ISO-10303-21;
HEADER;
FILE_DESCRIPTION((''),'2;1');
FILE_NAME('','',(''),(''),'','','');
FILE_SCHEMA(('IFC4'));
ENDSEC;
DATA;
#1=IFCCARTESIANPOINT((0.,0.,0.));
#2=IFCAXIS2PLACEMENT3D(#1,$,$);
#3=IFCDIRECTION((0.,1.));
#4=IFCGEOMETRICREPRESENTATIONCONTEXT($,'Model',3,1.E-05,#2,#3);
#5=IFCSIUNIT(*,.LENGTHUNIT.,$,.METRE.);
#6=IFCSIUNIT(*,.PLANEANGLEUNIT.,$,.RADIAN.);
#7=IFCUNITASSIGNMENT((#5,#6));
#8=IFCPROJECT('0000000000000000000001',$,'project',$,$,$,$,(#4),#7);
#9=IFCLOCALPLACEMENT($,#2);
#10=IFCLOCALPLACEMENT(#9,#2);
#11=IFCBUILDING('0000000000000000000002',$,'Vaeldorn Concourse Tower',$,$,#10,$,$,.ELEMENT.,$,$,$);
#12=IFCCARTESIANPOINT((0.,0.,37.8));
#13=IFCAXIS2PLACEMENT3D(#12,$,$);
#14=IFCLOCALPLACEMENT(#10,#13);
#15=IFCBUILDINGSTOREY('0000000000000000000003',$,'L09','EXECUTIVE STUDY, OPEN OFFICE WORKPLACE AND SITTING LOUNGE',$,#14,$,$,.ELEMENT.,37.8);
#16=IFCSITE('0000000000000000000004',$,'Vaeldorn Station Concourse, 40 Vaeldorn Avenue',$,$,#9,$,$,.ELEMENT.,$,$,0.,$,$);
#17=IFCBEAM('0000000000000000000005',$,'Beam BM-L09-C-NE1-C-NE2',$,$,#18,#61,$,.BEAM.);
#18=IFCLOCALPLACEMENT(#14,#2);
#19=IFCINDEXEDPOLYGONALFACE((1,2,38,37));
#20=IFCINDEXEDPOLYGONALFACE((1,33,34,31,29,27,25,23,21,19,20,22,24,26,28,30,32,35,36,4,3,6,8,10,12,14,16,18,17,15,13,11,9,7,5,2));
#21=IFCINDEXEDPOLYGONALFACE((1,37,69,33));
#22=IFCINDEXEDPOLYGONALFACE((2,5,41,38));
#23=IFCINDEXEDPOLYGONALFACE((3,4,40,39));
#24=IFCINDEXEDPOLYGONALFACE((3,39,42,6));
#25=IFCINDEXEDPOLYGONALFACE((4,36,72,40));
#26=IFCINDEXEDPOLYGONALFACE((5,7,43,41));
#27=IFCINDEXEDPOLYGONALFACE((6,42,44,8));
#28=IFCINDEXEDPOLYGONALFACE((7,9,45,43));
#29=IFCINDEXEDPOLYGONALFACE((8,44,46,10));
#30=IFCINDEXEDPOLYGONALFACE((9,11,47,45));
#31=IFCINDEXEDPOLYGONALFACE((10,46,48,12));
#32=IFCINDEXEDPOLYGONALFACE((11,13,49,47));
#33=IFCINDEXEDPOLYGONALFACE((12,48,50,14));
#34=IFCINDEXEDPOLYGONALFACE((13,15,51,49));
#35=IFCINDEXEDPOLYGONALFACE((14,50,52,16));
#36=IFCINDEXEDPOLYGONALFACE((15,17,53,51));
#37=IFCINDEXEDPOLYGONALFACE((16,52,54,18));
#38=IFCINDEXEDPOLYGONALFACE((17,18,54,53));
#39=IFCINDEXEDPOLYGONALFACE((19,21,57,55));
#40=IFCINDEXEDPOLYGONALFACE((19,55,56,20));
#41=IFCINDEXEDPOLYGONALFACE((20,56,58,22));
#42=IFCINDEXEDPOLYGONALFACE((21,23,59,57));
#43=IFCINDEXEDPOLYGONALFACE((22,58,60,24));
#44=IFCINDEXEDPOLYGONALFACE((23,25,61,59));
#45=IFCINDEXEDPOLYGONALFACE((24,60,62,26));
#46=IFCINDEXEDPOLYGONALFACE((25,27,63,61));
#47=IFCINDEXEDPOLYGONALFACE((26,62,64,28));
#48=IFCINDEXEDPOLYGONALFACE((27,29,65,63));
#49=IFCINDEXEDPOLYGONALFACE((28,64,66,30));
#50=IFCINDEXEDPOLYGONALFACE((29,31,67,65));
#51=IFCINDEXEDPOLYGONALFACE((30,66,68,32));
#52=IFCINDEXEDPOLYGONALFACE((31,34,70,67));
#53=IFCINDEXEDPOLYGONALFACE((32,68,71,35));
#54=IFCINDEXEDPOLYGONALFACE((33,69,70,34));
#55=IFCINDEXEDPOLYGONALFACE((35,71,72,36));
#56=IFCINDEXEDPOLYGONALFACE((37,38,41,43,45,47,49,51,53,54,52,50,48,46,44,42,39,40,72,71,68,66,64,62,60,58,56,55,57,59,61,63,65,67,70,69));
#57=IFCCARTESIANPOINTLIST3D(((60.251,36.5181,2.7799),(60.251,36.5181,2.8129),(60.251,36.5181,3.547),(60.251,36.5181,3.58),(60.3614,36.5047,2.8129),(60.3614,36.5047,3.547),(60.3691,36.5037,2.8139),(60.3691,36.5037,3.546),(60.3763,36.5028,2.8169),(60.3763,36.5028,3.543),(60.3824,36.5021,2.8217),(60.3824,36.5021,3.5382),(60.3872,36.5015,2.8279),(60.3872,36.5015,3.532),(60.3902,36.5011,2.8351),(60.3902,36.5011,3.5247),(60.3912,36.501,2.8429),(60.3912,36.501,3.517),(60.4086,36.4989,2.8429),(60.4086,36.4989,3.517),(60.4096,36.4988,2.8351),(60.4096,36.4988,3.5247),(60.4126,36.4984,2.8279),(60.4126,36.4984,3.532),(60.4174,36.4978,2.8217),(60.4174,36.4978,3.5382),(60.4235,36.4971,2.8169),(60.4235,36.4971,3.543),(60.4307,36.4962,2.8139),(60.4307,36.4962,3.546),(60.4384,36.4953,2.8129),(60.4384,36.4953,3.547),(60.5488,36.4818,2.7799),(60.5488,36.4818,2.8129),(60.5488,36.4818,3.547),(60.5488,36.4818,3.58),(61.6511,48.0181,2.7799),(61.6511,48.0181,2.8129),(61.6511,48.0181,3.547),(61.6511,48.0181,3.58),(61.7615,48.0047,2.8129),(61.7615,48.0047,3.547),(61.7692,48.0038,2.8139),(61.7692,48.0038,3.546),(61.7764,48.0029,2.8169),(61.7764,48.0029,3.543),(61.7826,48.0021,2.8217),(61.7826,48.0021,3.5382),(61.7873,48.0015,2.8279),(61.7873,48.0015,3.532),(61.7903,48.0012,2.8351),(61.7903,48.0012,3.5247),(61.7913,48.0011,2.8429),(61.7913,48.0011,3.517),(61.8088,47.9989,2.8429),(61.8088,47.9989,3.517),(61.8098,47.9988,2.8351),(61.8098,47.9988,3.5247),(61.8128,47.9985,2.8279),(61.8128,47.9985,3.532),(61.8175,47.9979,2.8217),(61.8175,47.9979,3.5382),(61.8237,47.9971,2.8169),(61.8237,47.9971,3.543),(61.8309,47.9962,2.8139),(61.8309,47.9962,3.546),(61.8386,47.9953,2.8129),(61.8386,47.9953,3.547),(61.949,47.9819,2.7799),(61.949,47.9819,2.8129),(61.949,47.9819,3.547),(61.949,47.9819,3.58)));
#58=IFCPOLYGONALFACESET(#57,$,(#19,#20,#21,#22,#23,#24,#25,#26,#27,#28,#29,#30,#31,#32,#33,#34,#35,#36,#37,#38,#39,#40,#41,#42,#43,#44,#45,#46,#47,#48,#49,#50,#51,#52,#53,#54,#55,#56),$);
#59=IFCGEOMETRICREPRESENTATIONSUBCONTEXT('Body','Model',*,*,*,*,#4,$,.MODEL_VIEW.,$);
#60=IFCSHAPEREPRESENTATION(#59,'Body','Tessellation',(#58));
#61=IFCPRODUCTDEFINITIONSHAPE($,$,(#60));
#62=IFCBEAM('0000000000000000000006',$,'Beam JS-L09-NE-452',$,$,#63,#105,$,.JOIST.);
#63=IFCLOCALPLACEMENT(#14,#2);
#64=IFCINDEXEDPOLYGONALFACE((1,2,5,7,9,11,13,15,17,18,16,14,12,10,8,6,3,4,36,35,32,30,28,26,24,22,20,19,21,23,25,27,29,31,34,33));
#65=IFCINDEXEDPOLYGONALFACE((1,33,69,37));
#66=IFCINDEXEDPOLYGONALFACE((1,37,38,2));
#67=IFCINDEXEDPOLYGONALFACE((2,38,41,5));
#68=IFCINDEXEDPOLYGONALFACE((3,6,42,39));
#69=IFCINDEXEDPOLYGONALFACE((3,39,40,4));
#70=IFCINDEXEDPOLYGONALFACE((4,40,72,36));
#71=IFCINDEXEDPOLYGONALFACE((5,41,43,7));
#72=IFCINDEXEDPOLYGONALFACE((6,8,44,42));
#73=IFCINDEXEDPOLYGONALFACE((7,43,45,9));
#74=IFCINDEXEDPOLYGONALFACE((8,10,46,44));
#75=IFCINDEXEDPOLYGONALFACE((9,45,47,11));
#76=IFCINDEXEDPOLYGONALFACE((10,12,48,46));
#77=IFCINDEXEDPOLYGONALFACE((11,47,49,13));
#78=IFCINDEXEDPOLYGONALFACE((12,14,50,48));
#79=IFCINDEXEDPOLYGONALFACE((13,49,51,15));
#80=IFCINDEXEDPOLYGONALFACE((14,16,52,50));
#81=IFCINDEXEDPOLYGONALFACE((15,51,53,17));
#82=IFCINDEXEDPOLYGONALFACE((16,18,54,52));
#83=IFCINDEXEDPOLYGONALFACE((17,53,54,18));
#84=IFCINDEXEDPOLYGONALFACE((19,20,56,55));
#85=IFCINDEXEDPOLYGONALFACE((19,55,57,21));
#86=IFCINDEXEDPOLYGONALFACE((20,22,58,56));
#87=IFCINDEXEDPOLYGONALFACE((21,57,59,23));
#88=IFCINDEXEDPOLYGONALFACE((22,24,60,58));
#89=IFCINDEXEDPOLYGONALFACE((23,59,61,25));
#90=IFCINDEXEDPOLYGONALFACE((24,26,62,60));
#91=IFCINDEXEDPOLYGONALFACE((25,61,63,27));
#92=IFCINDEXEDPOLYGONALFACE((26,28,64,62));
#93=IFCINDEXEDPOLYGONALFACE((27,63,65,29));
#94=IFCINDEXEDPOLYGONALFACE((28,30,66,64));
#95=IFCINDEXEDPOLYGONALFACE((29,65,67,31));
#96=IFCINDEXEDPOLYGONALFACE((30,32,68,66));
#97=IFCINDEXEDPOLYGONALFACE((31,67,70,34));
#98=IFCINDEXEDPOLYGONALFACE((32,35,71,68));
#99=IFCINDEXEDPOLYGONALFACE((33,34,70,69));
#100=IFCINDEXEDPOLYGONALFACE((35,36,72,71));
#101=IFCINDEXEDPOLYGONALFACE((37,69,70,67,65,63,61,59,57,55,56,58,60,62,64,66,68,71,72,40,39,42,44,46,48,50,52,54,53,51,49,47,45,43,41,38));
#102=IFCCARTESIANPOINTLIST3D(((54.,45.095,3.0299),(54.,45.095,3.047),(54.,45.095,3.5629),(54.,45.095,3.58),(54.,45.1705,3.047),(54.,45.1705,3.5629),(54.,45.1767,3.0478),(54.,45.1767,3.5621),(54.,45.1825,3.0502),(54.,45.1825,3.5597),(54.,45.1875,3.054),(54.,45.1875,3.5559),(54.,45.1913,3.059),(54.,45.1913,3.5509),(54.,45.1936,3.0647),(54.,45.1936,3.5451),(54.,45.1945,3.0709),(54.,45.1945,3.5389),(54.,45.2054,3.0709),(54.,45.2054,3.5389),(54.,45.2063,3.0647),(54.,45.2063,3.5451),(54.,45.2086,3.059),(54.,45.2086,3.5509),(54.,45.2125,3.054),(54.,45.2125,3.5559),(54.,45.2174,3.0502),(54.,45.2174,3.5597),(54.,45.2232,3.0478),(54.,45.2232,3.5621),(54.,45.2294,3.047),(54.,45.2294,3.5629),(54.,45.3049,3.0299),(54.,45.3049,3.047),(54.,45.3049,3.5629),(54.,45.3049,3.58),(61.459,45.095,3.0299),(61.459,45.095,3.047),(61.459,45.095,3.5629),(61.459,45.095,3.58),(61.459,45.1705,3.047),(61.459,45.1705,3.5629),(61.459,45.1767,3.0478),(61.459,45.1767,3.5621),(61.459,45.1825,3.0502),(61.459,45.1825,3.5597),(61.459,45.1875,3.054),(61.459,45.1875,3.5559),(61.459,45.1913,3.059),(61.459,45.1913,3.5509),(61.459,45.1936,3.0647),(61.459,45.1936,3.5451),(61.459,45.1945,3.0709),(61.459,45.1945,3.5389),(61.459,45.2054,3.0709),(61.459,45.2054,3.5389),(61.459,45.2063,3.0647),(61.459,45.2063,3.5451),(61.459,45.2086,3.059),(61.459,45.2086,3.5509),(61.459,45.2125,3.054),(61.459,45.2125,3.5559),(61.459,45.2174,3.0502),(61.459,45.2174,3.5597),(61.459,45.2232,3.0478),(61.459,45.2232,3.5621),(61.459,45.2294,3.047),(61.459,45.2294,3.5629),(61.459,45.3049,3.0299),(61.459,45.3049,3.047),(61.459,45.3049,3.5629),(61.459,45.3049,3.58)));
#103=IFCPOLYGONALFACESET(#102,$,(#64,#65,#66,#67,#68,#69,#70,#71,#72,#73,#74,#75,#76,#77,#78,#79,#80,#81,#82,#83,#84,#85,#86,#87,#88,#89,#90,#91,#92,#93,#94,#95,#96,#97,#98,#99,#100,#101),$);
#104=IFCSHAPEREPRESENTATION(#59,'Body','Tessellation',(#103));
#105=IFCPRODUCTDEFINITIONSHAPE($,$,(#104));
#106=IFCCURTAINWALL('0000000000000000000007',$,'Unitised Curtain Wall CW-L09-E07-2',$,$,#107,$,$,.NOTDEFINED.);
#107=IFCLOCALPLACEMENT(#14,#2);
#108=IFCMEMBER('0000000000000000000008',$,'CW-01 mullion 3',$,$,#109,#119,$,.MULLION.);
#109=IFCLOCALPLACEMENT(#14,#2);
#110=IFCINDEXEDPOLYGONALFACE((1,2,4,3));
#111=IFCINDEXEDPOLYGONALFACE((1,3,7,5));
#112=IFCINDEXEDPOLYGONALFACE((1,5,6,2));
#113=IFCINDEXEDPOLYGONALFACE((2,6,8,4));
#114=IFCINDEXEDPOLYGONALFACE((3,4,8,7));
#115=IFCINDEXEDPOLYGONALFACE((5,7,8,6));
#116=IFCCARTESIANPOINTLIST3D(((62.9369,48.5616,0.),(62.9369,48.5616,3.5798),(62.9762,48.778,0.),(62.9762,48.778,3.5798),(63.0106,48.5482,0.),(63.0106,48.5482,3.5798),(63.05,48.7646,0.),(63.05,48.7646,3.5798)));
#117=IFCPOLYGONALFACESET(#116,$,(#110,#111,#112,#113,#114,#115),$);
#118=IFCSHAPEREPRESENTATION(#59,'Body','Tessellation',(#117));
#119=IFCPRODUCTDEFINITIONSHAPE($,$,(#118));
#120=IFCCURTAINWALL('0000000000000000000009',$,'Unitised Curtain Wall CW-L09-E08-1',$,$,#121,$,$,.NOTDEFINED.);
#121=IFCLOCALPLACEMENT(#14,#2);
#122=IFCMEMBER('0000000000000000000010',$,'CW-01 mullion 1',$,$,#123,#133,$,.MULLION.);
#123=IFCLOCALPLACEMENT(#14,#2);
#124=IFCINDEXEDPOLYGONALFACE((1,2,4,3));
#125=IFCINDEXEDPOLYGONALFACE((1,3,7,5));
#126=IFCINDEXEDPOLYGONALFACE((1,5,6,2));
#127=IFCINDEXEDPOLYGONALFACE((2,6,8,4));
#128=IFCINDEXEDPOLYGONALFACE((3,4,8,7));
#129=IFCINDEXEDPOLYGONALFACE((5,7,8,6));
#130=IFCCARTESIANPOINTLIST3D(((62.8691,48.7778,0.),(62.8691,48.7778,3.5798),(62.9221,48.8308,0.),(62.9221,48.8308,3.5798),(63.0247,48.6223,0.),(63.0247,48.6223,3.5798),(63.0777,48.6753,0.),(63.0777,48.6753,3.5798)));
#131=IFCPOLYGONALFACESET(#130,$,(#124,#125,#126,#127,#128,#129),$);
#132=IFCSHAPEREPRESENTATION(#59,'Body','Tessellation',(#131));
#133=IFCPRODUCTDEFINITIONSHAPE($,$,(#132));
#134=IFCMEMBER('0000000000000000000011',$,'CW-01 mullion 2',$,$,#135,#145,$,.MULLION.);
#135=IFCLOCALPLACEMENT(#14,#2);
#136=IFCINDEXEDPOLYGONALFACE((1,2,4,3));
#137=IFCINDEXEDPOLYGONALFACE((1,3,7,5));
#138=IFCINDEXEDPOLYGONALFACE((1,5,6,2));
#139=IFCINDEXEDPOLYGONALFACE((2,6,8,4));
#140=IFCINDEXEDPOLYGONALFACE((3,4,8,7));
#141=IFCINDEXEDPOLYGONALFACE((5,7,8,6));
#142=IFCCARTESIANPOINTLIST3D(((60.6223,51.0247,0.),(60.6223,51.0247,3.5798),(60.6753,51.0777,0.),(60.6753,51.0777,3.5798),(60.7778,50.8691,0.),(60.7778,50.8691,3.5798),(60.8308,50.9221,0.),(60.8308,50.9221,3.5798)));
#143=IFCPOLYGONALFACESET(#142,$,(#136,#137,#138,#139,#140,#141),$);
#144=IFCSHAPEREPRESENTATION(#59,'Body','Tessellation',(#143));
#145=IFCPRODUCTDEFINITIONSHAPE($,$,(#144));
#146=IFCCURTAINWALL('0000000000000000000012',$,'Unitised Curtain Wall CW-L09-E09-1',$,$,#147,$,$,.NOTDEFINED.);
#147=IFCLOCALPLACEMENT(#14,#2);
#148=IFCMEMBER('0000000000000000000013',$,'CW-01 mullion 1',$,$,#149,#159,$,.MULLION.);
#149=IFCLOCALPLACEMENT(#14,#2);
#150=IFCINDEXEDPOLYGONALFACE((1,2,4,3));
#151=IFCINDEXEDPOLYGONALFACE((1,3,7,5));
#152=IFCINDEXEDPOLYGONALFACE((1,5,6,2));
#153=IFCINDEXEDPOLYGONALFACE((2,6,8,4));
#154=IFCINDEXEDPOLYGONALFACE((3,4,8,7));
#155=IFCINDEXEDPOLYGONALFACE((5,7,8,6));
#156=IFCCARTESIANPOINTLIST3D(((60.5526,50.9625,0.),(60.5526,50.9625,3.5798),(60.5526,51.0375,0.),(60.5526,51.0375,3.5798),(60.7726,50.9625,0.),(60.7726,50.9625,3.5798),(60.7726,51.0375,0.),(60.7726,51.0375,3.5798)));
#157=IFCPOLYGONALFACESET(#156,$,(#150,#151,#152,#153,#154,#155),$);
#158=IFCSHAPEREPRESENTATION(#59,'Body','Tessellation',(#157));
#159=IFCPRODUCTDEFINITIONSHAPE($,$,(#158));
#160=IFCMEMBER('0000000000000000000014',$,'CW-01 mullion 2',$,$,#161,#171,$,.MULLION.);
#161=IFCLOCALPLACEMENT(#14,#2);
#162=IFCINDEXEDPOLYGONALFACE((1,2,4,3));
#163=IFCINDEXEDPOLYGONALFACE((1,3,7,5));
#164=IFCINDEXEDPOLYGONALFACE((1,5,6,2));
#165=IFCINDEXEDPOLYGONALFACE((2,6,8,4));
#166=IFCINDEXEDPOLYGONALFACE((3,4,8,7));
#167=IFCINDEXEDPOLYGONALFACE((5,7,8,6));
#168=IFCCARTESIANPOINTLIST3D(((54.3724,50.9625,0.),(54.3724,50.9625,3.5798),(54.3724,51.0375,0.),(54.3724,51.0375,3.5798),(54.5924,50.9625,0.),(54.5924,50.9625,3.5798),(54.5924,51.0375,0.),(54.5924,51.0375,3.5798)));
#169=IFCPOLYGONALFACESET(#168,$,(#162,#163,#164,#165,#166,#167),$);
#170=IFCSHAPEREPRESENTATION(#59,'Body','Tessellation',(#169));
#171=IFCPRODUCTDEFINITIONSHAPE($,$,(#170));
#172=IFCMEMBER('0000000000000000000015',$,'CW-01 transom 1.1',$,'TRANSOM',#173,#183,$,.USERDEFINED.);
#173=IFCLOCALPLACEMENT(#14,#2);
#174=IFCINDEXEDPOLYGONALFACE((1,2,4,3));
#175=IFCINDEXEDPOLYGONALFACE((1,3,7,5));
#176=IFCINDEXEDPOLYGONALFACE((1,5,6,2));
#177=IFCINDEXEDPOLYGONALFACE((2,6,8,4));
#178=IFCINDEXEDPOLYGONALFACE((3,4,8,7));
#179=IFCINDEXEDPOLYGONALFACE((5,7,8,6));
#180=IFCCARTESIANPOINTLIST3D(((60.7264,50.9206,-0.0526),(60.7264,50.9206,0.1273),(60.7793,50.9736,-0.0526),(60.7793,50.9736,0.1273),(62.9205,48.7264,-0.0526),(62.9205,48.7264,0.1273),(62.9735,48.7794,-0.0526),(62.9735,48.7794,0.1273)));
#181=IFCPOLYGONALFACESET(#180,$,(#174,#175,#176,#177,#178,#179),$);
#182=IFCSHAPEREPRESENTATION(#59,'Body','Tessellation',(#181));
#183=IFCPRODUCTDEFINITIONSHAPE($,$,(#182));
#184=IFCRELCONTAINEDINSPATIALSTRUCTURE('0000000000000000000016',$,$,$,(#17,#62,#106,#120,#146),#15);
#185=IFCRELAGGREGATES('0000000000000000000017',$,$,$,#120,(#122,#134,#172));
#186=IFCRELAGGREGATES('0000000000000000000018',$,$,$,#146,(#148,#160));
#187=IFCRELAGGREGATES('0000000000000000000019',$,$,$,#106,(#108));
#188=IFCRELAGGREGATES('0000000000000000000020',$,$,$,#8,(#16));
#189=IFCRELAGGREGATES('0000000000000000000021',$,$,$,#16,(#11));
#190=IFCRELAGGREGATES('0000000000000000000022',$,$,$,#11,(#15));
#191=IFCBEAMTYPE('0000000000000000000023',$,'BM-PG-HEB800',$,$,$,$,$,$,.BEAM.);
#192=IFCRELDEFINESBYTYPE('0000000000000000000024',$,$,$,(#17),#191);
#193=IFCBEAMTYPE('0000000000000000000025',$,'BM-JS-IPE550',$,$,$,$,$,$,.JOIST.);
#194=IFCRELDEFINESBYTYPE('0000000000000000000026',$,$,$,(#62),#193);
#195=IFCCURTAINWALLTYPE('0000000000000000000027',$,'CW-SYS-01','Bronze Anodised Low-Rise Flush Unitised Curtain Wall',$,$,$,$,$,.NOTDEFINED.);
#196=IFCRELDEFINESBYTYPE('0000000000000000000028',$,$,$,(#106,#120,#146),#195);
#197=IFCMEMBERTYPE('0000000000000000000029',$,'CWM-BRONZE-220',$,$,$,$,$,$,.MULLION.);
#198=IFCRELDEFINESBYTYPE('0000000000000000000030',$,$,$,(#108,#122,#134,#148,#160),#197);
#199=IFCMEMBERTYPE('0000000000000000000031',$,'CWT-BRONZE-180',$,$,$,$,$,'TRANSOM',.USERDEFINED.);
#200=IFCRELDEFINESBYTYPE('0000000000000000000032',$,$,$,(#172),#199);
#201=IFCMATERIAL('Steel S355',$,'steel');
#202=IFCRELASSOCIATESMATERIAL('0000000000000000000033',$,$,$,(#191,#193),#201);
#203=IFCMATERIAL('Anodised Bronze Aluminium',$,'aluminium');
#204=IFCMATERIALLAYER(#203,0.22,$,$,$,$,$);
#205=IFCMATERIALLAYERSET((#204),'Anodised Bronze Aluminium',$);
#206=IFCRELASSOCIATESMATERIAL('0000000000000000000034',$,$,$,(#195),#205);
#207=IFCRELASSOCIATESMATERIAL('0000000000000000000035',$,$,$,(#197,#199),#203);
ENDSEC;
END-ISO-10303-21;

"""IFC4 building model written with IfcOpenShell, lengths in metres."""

from ifc_helpers import new_model, si_unit, direction, frame, origin, origin_2d, place, context, subcontext, project, spatial, rectangle, i_section, extrude, source, transform, mapped, material, layer, layer_set, material_profile, profile_set, type_object, element, aggregate, save


model = new_model("IFC4")

# Units and contexts
model_context = context("Model", 3, precision=1e-05, world=origin(), true_north=direction((0.0, 1.0)))
body_context = subcontext(model_context, "Body", "Model", "MODEL_VIEW")
ifc_project = project(units=[si_unit("LENGTHUNIT", "METRE"), si_unit("PLANEANGLEUNIT", "RADIAN")], contexts=[model_context])

# Site, building, storey
site_placement = place(None, origin())
site = spatial("IfcSite", under=ifc_project, at=site_placement, Name="Vaeldorn Station Concourse, 40 Vaeldorn Avenue", CompositionType="ELEMENT", RefElevation=0.0)
building_placement = place(site_placement, origin())
building = spatial("IfcBuilding", under=site, at=building_placement, Name="Vaeldorn Concourse Tower", CompositionType="ELEMENT")
storey_placement = place(building_placement, frame((0.0, 0.0, 37.8)))
storey = spatial("IfcBuildingStorey", under=building, at=storey_placement, Name="L09", Description="EXECUTIVE STUDY, OPEN OFFICE WORKPLACE AND SITTING LOUNGE", CompositionType="ELEMENT", Elevation=37.8)

# Beams
ifc_material_1 = material(Name="Steel S355", Category="steel")
ifc_material_profile_1 = material_profile(ifc_material_1, i_section(OverallWidth=0.3, OverallDepth=0.8, WebThickness=0.0176, FlangeThickness=0.033, FilletRadius=0.03, at=origin_2d()), Name="HEB 800")
ifc_profile_set_1 = profile_set([ifc_material_profile_1], Name="Steel S355")
beam_type_1 = type_object("IfcBeamType", Name="BM-PG-HEB800", PredefinedType="BEAM", material=ifc_profile_set_1)
shared_shape_1 = source(origin(), body_context, "Body", "SweptSolid", [
    extrude(i_section(OverallWidth=0.3, OverallDepth=0.8, WebThickness=0.0176, FlangeThickness=0.033, FilletRadius=0.03, at=origin_2d()), origin(), (0.0, 0.0, 1.0), 11.585),
])
beam_1_placement = place(storey_placement, frame((61.8, 48.0, 3.1799), z_axis=(-0.120859, -0.99267, 0.0), x_axis=(0.99267, -0.120859, 0.0)))
element("IfcBeam", 1, at=beam_1_placement, inside=storey, type_object=beam_type_1, Name="Beam BM-L09-C-NE1-C-NE2", PredefinedType="BEAM", context=body_context, shape_type="MappedRepresentation", body=[
    mapped(shared_shape_1, transform((0.0, 0.0, 0.0), scale=1.0)),
])
ifc_material_profile_2 = material_profile(ifc_material_1, i_section(OverallWidth=0.21, OverallDepth=0.55, WebThickness=0.011, FlangeThickness=0.0171, FilletRadius=0.0239, at=origin_2d()), Name="IPE 550")
ifc_profile_set_2 = profile_set([ifc_material_profile_2], Name="Steel S355")
beam_type_2 = type_object("IfcBeamType", Name="BM-JS-IPE550", PredefinedType="JOIST", material=ifc_profile_set_2)
shared_shape_2 = source(origin(), body_context, "Body", "SweptSolid", [
    extrude(i_section(OverallWidth=0.21, OverallDepth=0.55, WebThickness=0.011, FlangeThickness=0.0171, FilletRadius=0.0239, at=origin_2d()), origin(), (0.0, 0.0, 1.0), 7.459),
])
beam_2_placement = place(storey_placement, frame((54.0, 45.2, 3.3049), z_axis=(1.0, 0.0, 0.0), x_axis=(0.0, 1.0, 0.0)))
element("IfcBeam", 2, at=beam_2_placement, inside=storey, type_object=beam_type_2, Name="Beam JS-L09-NE-452", PredefinedType="JOIST", context=body_context, shape_type="MappedRepresentation", body=[
    mapped(shared_shape_2, transform((0.0, 0.0, 0.0), scale=1.0)),
])

# Curtain wall, member
ifc_material_2 = material(Name="Anodised Bronze Aluminium", Category="aluminium")
ifc_layer_1 = layer(ifc_material_2, 0.22)
ifc_layer_set_1 = layer_set([ifc_layer_1], Name="Anodised Bronze Aluminium")
curtain_wall_type = type_object("IfcCurtainWallType", Name="CW-SYS-01", Description="Bronze Anodised Low-Rise Flush Unitised Curtain Wall", PredefinedType="NOTDEFINED", material=ifc_layer_set_1)
curtain_wall_1_placement = place(storey_placement, origin())
curtain_wall_1 = element("IfcCurtainWall", 3, at=curtain_wall_1_placement, inside=storey, type_object=curtain_wall_type, Name="Unitised Curtain Wall CW-L09-E07-2", PredefinedType="NOTDEFINED")
ifc_material_profile_3 = material_profile(ifc_material_2, rectangle(XDim=0.075, YDim=0.22, at=origin_2d()), Name="CWM 75x220")
ifc_profile_set_3 = profile_set([ifc_material_profile_3], Name="Anodised Bronze Aluminium")
member_type_1 = type_object("IfcMemberType", Name="CWM-BRONZE-220", PredefinedType="MULLION", material=ifc_profile_set_3)
shared_shape_3 = source(origin(), body_context, "Body", "SweptSolid", [
    extrude(rectangle(XDim=0.075, YDim=0.22, at=origin_2d()), origin(), (0.0, 0.0, 1.0), 3.5798),
])
member_1_placement = place(storey_placement, frame((62.9934, 48.6631, 0.0), z_axis=(0.0, 0.0, 1.0), x_axis=(-0.983875, 0.178857, 0.0)))
member_1 = element("IfcMember", 4, at=member_1_placement, type_object=member_type_1, Name="CW-01 mullion 3", PredefinedType="MULLION", context=body_context, shape_type="MappedRepresentation", body=[
    mapped(shared_shape_3, transform((0.0, 0.0, 0.0), scale=1.0)),
])

# Curtain walls, members
curtain_wall_2_placement = place(storey_placement, origin())
curtain_wall_2 = element("IfcCurtainWall", 5, at=curtain_wall_2_placement, inside=storey, type_object=curtain_wall_type, Name="Unitised Curtain Wall CW-L09-E08-1", PredefinedType="NOTDEFINED")
member_2_placement = place(storey_placement, frame((62.9734, 48.7266, 0.0), z_axis=(0.0, 0.0, 1.0), x_axis=(-0.707107, -0.707107, 0.0)))
member_2 = element("IfcMember", 6, at=member_2_placement, type_object=member_type_1, Name="CW-01 mullion 1", PredefinedType="MULLION", context=body_context, shape_type="MappedRepresentation", body=[
    mapped(shared_shape_3, transform((0.0, 0.0, 0.0), scale=1.0)),
])
member_3_placement = place(storey_placement, frame((60.7266, 50.9734, 0.0), z_axis=(0.0, 0.0, 1.0), x_axis=(-0.707107, -0.707107, 0.0)))
member_3 = element("IfcMember", 7, at=member_3_placement, type_object=member_type_1, Name="CW-01 mullion 2", PredefinedType="MULLION", context=body_context, shape_type="MappedRepresentation", body=[
    mapped(shared_shape_3, transform((0.0, 0.0, 0.0), scale=1.0)),
])
curtain_wall_3_placement = place(storey_placement, origin())
curtain_wall_3 = element("IfcCurtainWall", 8, at=curtain_wall_3_placement, inside=storey, type_object=curtain_wall_type, Name="Unitised Curtain Wall CW-L09-E09-1", PredefinedType="NOTDEFINED")
member_4_placement = place(storey_placement, frame((60.6626, 51.0, 0.0), z_axis=(0.0, 0.0, 1.0), x_axis=(0.0, -1.0, 0.0)))
member_4 = element("IfcMember", 9, at=member_4_placement, type_object=member_type_1, Name="CW-01 mullion 1", PredefinedType="MULLION", context=body_context, shape_type="MappedRepresentation", body=[
    mapped(shared_shape_3, transform((0.0, 0.0, 0.0), scale=1.0)),
])
member_5_placement = place(storey_placement, frame((54.4824, 51.0, 0.0), z_axis=(0.0, 0.0, 1.0), x_axis=(0.0, -1.0, 0.0)))
member_5 = element("IfcMember", 10, at=member_5_placement, type_object=member_type_1, Name="CW-01 mullion 2", PredefinedType="MULLION", context=body_context, shape_type="MappedRepresentation", body=[
    mapped(shared_shape_3, transform((0.0, 0.0, 0.0), scale=1.0)),
])

# Member
ifc_material_profile_4 = material_profile(ifc_material_2, rectangle(XDim=0.075, YDim=0.1799, at=origin_2d()), Name="CWT 75x180")
ifc_profile_set_4 = profile_set([ifc_material_profile_4], Name="Anodised Bronze Aluminium")
member_type_2 = type_object("IfcMemberType", Name="CWT-BRONZE-180", ElementType="TRANSOM", PredefinedType="USERDEFINED", material=ifc_profile_set_4)
shared_shape_4 = source(origin(), body_context, "Body", "SweptSolid", [
    extrude(rectangle(XDim=0.075, YDim=0.1799, at=origin_2d()), origin(), (0.0, 0.0, 1.0), 3.103),
])
member_6_placement = place(storey_placement, frame((62.947, 48.7529, 0.0374), z_axis=(-0.707107, 0.707107, 0.0), x_axis=(-0.707107, -0.707107, 0.0)))
member_6 = element("IfcMember", 11, at=member_6_placement, type_object=member_type_2, Name="CW-01 transom 1.1", ObjectType="TRANSOM", PredefinedType="USERDEFINED", context=body_context, shape_type="MappedRepresentation", body=[
    mapped(shared_shape_4, transform((0.0, 0.0, 0.0), scale=1.0)),
])

aggregate(curtain_wall_2, [member_2, member_3, member_6])
aggregate(curtain_wall_3, [member_4, member_5])
aggregate(curtain_wall_1, [member_1])

save(model, "model.ifc")
